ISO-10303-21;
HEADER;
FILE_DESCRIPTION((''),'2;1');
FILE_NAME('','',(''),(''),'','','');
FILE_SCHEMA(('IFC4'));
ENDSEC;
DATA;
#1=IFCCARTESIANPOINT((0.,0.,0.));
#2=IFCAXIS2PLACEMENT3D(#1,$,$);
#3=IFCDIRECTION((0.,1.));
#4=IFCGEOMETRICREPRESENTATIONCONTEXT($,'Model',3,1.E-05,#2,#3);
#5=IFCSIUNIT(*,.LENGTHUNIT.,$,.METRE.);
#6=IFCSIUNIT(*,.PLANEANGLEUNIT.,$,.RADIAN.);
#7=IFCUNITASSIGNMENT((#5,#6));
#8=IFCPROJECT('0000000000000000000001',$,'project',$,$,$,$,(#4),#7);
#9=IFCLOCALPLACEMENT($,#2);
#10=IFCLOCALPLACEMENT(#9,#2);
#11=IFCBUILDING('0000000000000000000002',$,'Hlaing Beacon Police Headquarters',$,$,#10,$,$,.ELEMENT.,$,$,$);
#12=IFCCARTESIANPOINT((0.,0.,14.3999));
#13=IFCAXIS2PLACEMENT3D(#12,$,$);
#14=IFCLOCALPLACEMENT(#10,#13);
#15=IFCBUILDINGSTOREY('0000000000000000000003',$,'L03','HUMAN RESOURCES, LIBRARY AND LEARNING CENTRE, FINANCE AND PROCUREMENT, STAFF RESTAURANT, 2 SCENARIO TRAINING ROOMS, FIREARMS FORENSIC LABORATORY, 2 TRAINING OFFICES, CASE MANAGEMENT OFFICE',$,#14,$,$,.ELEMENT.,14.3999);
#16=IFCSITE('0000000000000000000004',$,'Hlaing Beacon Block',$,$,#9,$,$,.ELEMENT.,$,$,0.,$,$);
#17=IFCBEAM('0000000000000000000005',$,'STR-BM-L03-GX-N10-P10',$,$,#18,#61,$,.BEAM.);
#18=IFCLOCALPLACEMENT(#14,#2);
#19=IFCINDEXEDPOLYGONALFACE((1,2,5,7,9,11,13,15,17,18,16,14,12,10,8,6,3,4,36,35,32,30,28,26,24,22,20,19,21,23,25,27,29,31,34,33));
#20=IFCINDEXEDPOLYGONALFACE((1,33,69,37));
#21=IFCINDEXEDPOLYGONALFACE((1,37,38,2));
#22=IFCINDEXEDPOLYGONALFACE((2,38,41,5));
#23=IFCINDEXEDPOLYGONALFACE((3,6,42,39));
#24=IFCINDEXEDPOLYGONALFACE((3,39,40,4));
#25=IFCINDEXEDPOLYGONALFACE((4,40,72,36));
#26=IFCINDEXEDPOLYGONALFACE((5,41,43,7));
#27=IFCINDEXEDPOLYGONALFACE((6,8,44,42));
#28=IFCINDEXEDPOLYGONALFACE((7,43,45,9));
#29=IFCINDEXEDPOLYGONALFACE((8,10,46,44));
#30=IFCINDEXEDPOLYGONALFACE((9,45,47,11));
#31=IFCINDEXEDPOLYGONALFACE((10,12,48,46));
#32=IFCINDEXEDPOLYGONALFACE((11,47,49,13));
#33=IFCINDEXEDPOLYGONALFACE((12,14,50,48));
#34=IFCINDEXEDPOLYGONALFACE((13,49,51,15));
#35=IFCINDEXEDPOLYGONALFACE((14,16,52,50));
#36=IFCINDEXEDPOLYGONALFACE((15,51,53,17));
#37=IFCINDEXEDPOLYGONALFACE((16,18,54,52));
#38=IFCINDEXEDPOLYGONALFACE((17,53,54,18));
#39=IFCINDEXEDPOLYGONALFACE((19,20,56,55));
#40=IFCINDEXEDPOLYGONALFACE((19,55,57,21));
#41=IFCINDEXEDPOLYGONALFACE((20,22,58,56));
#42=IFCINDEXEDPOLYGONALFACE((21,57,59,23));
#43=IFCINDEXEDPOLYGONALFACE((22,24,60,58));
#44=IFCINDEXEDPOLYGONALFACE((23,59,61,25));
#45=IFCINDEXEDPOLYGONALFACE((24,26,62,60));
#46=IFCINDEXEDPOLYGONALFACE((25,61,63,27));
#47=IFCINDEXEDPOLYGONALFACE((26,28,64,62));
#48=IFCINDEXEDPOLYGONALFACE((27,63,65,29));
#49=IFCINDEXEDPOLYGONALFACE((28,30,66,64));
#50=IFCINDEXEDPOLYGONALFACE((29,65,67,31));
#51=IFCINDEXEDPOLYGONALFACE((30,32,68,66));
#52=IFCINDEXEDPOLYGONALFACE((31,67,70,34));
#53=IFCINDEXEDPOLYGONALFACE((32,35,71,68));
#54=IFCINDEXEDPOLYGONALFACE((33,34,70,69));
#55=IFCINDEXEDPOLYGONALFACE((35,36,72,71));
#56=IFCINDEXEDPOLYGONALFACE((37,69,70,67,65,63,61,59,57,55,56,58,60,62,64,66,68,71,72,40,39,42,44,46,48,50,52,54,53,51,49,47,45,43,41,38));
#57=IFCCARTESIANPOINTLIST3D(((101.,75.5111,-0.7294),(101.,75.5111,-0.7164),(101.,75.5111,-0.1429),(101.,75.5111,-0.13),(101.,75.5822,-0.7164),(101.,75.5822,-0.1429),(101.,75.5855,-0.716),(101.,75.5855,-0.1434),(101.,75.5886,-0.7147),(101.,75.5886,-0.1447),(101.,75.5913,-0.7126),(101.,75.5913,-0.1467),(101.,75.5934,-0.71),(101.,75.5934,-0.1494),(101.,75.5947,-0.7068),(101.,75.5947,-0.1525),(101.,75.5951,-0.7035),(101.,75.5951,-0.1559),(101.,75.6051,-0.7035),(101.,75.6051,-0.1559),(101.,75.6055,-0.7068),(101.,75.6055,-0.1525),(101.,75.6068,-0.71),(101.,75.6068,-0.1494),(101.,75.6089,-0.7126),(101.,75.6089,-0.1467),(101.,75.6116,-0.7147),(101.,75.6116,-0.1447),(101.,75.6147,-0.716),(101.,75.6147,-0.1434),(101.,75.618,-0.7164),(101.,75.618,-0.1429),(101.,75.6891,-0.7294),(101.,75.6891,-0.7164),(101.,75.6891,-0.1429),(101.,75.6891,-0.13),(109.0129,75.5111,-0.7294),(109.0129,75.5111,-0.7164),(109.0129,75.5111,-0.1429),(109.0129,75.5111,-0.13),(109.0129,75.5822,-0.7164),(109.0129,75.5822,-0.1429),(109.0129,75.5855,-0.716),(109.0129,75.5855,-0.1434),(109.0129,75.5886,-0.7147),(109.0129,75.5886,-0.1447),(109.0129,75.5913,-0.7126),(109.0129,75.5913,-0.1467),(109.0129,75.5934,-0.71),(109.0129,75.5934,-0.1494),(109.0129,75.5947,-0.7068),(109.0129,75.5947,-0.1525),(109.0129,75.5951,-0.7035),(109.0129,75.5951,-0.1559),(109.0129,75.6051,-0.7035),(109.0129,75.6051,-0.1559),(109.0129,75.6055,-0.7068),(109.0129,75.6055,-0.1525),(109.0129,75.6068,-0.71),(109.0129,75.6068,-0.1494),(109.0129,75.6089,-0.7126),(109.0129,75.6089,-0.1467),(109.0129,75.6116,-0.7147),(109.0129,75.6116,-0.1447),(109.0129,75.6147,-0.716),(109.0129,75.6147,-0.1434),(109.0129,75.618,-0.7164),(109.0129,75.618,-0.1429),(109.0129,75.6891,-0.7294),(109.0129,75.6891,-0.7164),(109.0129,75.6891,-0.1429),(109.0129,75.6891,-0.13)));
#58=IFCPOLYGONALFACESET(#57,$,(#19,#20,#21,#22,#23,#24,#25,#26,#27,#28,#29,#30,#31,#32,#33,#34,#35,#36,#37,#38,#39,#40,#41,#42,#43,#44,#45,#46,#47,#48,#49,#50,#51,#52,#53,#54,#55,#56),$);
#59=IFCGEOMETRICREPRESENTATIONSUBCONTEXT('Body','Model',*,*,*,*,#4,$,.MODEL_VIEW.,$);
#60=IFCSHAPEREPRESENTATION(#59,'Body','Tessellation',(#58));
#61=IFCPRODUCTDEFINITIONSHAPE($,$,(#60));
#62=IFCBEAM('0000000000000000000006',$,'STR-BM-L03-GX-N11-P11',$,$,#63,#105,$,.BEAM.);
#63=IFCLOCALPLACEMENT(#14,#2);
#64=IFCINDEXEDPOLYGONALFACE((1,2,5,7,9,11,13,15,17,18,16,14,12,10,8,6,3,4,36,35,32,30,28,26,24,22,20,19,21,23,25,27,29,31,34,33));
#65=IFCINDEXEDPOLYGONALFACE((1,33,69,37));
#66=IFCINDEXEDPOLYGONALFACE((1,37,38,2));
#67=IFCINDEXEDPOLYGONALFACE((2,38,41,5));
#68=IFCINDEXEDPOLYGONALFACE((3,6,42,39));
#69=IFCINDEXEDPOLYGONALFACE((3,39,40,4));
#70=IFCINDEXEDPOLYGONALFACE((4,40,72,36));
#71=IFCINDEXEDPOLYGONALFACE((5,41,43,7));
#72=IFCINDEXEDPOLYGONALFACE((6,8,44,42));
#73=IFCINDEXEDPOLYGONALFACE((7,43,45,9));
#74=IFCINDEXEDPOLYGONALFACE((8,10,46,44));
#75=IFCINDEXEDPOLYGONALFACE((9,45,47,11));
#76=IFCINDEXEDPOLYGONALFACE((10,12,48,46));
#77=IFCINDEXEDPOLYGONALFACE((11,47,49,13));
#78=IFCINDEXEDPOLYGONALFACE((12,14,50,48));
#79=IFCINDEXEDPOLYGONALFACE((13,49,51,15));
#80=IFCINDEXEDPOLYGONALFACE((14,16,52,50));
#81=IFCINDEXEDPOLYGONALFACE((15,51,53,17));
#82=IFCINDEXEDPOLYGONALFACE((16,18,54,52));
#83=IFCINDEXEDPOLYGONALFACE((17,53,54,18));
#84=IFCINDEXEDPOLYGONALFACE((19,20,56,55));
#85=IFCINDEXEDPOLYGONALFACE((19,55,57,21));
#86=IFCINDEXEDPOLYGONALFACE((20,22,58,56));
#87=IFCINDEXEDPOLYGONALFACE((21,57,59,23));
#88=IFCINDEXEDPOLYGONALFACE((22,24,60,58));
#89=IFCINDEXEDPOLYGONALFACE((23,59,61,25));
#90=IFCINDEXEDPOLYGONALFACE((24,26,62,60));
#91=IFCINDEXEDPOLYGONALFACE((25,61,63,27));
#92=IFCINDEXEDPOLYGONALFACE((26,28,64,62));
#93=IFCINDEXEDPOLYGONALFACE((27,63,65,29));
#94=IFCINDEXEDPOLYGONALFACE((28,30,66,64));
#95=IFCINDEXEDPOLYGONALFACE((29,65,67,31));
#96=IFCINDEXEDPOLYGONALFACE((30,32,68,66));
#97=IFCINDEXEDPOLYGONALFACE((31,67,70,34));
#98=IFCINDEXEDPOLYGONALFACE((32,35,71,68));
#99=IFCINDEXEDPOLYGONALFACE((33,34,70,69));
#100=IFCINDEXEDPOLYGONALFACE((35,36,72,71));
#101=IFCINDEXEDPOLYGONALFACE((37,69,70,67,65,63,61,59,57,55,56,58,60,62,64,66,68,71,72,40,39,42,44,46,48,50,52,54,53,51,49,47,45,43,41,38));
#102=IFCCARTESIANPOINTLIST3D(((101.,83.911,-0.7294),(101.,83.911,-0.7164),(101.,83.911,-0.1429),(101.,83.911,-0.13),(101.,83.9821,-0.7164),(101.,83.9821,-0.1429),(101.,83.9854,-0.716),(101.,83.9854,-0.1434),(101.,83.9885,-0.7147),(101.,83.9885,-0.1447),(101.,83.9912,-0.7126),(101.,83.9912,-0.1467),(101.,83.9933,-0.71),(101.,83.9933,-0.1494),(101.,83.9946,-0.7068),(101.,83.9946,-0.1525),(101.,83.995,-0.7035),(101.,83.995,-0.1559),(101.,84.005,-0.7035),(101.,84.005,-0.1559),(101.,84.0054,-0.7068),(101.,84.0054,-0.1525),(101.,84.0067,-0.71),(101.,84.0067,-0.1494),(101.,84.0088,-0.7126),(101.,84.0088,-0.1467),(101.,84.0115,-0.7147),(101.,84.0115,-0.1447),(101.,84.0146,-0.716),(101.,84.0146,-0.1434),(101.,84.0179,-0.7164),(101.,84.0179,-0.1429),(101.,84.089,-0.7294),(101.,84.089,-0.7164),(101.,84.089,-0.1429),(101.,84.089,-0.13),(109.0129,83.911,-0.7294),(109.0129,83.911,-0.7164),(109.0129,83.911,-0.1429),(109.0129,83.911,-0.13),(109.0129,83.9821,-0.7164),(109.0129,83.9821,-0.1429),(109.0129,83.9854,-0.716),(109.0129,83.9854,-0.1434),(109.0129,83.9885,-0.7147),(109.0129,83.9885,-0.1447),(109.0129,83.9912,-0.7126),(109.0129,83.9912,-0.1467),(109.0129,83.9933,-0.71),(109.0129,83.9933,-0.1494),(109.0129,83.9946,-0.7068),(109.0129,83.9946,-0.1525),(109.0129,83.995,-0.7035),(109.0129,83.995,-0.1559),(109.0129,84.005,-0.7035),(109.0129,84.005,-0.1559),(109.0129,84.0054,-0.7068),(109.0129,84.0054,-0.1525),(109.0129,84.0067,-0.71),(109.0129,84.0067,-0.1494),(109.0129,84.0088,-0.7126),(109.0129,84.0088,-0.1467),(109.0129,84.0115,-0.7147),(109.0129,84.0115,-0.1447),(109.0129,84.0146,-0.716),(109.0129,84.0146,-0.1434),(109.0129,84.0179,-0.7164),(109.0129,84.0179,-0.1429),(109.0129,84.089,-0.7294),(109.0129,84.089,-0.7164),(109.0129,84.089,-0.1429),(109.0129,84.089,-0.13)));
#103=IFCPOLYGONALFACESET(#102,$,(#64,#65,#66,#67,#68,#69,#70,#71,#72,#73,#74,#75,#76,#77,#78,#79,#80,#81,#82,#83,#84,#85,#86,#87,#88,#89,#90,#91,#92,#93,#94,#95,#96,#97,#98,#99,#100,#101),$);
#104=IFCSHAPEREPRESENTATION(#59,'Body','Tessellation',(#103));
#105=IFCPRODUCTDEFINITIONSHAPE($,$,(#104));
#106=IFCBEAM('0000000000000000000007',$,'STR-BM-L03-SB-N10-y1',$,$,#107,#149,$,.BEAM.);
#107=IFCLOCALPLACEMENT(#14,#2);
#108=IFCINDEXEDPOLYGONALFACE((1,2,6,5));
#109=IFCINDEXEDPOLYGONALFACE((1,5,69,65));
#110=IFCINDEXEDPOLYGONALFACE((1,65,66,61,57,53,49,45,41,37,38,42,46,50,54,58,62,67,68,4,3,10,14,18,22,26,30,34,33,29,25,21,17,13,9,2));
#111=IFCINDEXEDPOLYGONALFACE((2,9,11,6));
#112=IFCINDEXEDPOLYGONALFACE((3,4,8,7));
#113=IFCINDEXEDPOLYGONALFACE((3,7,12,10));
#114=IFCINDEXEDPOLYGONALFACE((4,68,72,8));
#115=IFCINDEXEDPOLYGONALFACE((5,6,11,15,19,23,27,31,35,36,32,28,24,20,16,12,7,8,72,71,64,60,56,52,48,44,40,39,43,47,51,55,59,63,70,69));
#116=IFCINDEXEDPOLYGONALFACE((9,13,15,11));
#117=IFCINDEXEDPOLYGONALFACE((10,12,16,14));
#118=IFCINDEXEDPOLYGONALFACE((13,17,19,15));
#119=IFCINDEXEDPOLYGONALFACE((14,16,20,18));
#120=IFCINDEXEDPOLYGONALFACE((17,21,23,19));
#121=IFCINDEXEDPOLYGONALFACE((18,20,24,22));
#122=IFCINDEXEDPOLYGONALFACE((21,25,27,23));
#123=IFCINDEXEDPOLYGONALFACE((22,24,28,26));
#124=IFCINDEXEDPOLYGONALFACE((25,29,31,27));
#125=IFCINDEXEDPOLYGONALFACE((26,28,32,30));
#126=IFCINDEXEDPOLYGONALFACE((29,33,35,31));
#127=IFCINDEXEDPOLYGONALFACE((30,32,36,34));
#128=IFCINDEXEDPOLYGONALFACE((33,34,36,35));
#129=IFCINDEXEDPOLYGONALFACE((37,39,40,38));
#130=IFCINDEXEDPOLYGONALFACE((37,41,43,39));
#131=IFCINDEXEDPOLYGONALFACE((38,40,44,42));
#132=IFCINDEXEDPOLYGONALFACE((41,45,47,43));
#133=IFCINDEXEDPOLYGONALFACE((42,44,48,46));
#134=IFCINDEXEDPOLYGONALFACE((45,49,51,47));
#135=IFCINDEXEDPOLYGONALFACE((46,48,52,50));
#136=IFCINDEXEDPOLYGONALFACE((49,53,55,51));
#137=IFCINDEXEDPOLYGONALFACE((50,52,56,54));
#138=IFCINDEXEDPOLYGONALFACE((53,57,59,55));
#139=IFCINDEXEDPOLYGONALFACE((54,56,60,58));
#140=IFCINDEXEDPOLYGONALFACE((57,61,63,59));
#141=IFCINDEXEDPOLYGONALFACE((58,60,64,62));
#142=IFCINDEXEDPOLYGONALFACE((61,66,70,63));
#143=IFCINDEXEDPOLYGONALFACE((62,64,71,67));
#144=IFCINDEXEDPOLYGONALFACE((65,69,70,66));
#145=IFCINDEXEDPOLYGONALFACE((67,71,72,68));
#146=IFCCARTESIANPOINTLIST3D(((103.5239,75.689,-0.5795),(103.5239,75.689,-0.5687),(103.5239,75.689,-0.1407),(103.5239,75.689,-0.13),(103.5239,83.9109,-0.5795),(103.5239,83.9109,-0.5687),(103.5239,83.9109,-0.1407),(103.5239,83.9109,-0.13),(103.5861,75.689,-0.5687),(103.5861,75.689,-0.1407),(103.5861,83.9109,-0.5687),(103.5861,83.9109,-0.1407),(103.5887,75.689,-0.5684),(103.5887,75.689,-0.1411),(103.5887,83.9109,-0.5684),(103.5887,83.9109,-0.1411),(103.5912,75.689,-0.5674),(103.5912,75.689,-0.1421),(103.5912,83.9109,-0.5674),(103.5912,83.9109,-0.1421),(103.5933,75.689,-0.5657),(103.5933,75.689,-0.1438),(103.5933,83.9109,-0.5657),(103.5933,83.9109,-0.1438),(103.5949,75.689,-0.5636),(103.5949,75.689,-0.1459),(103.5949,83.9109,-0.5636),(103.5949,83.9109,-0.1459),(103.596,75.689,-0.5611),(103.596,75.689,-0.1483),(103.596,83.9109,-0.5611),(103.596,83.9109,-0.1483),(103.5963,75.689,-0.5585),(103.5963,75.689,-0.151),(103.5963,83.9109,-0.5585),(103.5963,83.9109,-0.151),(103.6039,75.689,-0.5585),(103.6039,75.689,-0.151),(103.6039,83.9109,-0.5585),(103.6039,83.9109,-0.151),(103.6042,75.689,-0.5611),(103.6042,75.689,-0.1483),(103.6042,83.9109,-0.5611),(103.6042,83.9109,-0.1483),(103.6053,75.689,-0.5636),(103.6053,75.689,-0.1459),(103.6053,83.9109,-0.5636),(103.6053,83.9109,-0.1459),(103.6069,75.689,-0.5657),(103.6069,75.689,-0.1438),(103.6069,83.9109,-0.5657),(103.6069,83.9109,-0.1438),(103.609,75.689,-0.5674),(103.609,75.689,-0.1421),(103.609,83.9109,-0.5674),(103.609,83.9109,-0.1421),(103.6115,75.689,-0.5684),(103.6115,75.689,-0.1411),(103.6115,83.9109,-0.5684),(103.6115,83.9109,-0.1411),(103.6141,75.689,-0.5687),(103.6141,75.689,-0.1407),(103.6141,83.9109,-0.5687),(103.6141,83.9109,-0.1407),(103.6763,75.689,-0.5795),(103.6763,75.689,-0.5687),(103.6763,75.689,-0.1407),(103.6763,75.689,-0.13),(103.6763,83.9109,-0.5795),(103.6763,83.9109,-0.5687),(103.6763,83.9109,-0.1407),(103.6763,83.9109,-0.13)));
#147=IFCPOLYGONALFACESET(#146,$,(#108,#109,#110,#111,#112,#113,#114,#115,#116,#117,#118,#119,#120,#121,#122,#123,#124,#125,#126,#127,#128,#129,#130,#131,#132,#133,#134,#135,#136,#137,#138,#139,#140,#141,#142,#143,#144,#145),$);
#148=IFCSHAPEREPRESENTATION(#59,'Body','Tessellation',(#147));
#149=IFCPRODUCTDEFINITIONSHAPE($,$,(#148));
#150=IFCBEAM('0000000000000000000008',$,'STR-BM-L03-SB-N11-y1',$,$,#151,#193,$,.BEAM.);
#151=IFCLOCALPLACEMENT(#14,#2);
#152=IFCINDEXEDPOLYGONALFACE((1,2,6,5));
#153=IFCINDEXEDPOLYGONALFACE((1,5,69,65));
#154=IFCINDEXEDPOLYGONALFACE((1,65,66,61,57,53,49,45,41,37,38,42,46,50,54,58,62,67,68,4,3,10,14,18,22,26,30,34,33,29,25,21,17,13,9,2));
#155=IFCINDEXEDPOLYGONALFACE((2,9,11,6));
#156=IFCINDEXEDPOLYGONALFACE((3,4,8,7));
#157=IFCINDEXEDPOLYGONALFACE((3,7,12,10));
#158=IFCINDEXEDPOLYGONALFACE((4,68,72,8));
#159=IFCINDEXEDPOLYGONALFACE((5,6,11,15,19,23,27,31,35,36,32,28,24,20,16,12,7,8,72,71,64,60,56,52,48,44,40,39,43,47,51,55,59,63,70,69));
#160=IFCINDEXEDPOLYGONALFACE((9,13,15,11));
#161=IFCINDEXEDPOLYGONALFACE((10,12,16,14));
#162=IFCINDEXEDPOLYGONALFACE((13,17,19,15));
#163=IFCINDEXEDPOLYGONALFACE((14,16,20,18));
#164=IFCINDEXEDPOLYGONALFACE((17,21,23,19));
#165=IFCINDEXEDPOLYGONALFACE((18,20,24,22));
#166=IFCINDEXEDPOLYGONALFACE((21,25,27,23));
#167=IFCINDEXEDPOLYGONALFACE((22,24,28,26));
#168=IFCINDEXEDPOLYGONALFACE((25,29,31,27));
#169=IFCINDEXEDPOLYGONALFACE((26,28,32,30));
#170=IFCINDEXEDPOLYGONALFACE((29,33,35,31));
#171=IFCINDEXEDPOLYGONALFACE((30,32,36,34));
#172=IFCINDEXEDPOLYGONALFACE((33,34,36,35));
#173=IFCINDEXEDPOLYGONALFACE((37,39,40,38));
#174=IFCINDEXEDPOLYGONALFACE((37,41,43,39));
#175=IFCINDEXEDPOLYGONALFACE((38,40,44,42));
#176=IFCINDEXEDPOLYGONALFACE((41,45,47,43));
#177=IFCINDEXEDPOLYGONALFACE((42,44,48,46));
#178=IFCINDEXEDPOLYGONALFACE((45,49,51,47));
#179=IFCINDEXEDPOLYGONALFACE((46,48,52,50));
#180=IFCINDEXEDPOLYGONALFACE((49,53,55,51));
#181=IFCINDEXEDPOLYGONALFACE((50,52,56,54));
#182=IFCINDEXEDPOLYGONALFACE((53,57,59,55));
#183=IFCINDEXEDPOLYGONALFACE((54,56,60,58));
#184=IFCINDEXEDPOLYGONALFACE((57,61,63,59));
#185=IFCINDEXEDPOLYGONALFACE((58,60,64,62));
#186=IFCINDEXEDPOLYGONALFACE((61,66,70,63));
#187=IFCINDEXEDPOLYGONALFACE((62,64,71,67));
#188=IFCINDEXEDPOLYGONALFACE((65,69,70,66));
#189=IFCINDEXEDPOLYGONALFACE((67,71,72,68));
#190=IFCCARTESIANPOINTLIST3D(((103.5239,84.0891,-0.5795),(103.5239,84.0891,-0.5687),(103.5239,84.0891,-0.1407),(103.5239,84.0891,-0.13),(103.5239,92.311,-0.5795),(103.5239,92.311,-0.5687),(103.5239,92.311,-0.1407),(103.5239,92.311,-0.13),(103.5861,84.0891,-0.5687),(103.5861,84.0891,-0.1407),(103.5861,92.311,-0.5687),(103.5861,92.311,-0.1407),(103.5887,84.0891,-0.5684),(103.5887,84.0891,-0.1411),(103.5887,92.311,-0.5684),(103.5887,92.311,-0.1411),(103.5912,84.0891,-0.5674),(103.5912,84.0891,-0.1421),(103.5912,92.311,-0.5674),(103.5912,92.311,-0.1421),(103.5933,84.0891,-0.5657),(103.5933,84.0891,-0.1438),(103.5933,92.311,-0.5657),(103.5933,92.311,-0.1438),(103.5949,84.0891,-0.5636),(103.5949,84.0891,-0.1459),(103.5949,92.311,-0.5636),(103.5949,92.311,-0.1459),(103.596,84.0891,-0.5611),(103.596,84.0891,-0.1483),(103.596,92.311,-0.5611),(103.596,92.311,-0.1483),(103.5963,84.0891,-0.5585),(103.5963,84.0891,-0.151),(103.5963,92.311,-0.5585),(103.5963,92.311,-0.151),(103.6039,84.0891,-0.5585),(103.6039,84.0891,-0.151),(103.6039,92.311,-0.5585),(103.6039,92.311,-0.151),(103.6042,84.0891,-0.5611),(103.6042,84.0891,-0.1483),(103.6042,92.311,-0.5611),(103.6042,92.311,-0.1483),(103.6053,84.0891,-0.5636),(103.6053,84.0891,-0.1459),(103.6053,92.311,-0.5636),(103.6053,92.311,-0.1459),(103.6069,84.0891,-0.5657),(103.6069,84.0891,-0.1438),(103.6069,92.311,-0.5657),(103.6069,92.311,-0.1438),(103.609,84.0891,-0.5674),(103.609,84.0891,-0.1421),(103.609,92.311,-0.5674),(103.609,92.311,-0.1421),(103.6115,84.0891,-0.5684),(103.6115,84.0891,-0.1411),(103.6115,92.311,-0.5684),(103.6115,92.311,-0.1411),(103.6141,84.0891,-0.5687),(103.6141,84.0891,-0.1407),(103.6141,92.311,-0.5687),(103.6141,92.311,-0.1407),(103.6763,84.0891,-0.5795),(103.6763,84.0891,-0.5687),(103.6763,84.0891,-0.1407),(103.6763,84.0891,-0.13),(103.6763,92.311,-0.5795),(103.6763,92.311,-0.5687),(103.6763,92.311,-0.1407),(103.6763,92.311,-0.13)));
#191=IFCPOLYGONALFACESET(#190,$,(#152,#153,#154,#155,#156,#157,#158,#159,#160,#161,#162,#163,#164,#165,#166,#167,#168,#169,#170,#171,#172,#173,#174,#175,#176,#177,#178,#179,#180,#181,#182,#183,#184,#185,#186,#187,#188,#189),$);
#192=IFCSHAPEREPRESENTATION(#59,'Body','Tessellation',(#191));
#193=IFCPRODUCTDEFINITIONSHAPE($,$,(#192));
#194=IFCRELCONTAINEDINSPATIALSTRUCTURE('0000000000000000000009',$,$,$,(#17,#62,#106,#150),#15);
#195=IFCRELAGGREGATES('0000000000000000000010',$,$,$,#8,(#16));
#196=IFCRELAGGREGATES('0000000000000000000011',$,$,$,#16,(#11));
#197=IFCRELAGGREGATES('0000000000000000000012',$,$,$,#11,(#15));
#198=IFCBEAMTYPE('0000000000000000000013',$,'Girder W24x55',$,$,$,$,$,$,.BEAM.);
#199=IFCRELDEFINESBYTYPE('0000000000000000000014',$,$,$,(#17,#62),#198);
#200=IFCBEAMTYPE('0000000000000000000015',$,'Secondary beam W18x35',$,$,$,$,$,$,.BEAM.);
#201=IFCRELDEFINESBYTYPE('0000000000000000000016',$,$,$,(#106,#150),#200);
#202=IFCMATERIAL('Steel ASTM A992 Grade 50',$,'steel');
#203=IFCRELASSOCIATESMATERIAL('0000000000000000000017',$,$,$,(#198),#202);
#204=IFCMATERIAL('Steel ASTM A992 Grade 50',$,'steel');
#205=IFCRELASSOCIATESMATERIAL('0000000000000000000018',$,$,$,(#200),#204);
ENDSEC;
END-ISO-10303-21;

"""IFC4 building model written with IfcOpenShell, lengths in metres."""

from ifc_helpers import new_model, si_unit, direction, frame, origin, origin_2d, place, context, subcontext, project, spatial, i_section, extrude, material, material_profile, profile_set, type_object, element, save


model = new_model("IFC4")

# Units and contexts
model_context = context("Model", 3, precision=1e-05, world=origin(), true_north=direction((0.0, 1.0)))
body_context = subcontext(model_context, "Body", "Model", "MODEL_VIEW")
ifc_project = project(units=[si_unit("LENGTHUNIT", "METRE"), si_unit("PLANEANGLEUNIT", "RADIAN")], contexts=[model_context])

# Site, building, storey
site_placement = place(None, origin())
site = spatial("IfcSite", under=ifc_project, at=site_placement, Name="Hlaing Beacon Block", CompositionType="ELEMENT", RefElevation=0.0)
building_placement = place(site_placement, origin())
building = spatial("IfcBuilding", under=site, at=building_placement, Name="Hlaing Beacon Police Headquarters", CompositionType="ELEMENT")
storey_placement = place(building_placement, frame((0.0, 0.0, 14.3999)))
storey = spatial("IfcBuildingStorey", under=building, at=storey_placement, Name="L03", Description="HUMAN RESOURCES, LIBRARY AND LEARNING CENTRE, FINANCE AND PROCUREMENT, STAFF RESTAURANT, 2 SCENARIO TRAINING ROOMS, FIREARMS FORENSIC LABORATORY, 2 TRAINING OFFICES, CASE MANAGEMENT OFFICE", CompositionType="ELEMENT", Elevation=14.3999)

# Beams
ifc_material_1 = material(Name="Steel ASTM A992 Grade 50", Category="steel")
ifc_material_profile_1 = material_profile(ifc_material_1, i_section(OverallWidth=0.178, OverallDepth=0.5994, WebThickness=0.01, FlangeThickness=0.0129, FilletRadius=0.0129, at=origin_2d()), Name="W24x55")
ifc_profile_set_1 = profile_set([ifc_material_profile_1], Name="Steel ASTM A992 Grade 50")
beam_type_1 = type_object("IfcBeamType", Name="Girder W24x55", PredefinedType="BEAM", material=ifc_profile_set_1)
for number, where, z_axis, x_axis, name in (
    (1, (101.0, 75.6001, -0.4297), (1.0, 0.0, 0.0), (0.0, 1.0, 0.0), "STR-BM-L03-GX-N10-P10"),
    (2, (101.0, 84.0, -0.4297), (1.0, 0.0, 0.0), (0.0, 1.0, 0.0), "STR-BM-L03-GX-N11-P11"),
):
    element("IfcBeam", number, at=place(storey_placement, frame(where, z_axis=z_axis, x_axis=x_axis)), inside=storey, type_object=beam_type_1, Name=name, PredefinedType="BEAM", context=body_context, shape_type="SweptSolid", body=[
        extrude(i_section(OverallWidth=0.178, OverallDepth=0.5994, WebThickness=0.01, FlangeThickness=0.0129, FilletRadius=0.0129, at=origin_2d()), origin(), (0.0, 0.0, 1.0), 8.0129),
    ])
ifc_material_2 = material(Name="Steel ASTM A992 Grade 50", Category="steel")
ifc_material_profile_2 = material_profile(ifc_material_2, i_section(OverallWidth=0.1523, OverallDepth=0.4495, WebThickness=0.0076, FlangeThickness=0.0107, FilletRadius=0.0103, at=origin_2d()), Name="W18x35")
ifc_profile_set_2 = profile_set([ifc_material_profile_2], Name="Steel ASTM A992 Grade 50")
beam_type_2 = type_object("IfcBeamType", Name="Secondary beam W18x35", PredefinedType="BEAM", material=ifc_profile_set_2)
for number, where, z_axis, x_axis, name in (
    (3, (103.6001, 75.689, -0.3547), (0.0, 1.0, 0.0), (-1.0, 0.0, 0.0), "STR-BM-L03-SB-N10-y1"),
    (4, (103.6001, 84.0891, -0.3547), (0.0, 1.0, 0.0), (-1.0, 0.0, 0.0), "STR-BM-L03-SB-N11-y1"),
):
    element("IfcBeam", number, at=place(storey_placement, frame(where, z_axis=z_axis, x_axis=x_axis)), inside=storey, type_object=beam_type_2, Name=name, PredefinedType="BEAM", context=body_context, shape_type="SweptSolid", body=[
        extrude(i_section(OverallWidth=0.1523, OverallDepth=0.4495, WebThickness=0.0076, FlangeThickness=0.0107, FilletRadius=0.0103, at=origin_2d()), origin(), (0.0, 0.0, 1.0), 8.2219),
    ])

save(model, "model.ifc")
